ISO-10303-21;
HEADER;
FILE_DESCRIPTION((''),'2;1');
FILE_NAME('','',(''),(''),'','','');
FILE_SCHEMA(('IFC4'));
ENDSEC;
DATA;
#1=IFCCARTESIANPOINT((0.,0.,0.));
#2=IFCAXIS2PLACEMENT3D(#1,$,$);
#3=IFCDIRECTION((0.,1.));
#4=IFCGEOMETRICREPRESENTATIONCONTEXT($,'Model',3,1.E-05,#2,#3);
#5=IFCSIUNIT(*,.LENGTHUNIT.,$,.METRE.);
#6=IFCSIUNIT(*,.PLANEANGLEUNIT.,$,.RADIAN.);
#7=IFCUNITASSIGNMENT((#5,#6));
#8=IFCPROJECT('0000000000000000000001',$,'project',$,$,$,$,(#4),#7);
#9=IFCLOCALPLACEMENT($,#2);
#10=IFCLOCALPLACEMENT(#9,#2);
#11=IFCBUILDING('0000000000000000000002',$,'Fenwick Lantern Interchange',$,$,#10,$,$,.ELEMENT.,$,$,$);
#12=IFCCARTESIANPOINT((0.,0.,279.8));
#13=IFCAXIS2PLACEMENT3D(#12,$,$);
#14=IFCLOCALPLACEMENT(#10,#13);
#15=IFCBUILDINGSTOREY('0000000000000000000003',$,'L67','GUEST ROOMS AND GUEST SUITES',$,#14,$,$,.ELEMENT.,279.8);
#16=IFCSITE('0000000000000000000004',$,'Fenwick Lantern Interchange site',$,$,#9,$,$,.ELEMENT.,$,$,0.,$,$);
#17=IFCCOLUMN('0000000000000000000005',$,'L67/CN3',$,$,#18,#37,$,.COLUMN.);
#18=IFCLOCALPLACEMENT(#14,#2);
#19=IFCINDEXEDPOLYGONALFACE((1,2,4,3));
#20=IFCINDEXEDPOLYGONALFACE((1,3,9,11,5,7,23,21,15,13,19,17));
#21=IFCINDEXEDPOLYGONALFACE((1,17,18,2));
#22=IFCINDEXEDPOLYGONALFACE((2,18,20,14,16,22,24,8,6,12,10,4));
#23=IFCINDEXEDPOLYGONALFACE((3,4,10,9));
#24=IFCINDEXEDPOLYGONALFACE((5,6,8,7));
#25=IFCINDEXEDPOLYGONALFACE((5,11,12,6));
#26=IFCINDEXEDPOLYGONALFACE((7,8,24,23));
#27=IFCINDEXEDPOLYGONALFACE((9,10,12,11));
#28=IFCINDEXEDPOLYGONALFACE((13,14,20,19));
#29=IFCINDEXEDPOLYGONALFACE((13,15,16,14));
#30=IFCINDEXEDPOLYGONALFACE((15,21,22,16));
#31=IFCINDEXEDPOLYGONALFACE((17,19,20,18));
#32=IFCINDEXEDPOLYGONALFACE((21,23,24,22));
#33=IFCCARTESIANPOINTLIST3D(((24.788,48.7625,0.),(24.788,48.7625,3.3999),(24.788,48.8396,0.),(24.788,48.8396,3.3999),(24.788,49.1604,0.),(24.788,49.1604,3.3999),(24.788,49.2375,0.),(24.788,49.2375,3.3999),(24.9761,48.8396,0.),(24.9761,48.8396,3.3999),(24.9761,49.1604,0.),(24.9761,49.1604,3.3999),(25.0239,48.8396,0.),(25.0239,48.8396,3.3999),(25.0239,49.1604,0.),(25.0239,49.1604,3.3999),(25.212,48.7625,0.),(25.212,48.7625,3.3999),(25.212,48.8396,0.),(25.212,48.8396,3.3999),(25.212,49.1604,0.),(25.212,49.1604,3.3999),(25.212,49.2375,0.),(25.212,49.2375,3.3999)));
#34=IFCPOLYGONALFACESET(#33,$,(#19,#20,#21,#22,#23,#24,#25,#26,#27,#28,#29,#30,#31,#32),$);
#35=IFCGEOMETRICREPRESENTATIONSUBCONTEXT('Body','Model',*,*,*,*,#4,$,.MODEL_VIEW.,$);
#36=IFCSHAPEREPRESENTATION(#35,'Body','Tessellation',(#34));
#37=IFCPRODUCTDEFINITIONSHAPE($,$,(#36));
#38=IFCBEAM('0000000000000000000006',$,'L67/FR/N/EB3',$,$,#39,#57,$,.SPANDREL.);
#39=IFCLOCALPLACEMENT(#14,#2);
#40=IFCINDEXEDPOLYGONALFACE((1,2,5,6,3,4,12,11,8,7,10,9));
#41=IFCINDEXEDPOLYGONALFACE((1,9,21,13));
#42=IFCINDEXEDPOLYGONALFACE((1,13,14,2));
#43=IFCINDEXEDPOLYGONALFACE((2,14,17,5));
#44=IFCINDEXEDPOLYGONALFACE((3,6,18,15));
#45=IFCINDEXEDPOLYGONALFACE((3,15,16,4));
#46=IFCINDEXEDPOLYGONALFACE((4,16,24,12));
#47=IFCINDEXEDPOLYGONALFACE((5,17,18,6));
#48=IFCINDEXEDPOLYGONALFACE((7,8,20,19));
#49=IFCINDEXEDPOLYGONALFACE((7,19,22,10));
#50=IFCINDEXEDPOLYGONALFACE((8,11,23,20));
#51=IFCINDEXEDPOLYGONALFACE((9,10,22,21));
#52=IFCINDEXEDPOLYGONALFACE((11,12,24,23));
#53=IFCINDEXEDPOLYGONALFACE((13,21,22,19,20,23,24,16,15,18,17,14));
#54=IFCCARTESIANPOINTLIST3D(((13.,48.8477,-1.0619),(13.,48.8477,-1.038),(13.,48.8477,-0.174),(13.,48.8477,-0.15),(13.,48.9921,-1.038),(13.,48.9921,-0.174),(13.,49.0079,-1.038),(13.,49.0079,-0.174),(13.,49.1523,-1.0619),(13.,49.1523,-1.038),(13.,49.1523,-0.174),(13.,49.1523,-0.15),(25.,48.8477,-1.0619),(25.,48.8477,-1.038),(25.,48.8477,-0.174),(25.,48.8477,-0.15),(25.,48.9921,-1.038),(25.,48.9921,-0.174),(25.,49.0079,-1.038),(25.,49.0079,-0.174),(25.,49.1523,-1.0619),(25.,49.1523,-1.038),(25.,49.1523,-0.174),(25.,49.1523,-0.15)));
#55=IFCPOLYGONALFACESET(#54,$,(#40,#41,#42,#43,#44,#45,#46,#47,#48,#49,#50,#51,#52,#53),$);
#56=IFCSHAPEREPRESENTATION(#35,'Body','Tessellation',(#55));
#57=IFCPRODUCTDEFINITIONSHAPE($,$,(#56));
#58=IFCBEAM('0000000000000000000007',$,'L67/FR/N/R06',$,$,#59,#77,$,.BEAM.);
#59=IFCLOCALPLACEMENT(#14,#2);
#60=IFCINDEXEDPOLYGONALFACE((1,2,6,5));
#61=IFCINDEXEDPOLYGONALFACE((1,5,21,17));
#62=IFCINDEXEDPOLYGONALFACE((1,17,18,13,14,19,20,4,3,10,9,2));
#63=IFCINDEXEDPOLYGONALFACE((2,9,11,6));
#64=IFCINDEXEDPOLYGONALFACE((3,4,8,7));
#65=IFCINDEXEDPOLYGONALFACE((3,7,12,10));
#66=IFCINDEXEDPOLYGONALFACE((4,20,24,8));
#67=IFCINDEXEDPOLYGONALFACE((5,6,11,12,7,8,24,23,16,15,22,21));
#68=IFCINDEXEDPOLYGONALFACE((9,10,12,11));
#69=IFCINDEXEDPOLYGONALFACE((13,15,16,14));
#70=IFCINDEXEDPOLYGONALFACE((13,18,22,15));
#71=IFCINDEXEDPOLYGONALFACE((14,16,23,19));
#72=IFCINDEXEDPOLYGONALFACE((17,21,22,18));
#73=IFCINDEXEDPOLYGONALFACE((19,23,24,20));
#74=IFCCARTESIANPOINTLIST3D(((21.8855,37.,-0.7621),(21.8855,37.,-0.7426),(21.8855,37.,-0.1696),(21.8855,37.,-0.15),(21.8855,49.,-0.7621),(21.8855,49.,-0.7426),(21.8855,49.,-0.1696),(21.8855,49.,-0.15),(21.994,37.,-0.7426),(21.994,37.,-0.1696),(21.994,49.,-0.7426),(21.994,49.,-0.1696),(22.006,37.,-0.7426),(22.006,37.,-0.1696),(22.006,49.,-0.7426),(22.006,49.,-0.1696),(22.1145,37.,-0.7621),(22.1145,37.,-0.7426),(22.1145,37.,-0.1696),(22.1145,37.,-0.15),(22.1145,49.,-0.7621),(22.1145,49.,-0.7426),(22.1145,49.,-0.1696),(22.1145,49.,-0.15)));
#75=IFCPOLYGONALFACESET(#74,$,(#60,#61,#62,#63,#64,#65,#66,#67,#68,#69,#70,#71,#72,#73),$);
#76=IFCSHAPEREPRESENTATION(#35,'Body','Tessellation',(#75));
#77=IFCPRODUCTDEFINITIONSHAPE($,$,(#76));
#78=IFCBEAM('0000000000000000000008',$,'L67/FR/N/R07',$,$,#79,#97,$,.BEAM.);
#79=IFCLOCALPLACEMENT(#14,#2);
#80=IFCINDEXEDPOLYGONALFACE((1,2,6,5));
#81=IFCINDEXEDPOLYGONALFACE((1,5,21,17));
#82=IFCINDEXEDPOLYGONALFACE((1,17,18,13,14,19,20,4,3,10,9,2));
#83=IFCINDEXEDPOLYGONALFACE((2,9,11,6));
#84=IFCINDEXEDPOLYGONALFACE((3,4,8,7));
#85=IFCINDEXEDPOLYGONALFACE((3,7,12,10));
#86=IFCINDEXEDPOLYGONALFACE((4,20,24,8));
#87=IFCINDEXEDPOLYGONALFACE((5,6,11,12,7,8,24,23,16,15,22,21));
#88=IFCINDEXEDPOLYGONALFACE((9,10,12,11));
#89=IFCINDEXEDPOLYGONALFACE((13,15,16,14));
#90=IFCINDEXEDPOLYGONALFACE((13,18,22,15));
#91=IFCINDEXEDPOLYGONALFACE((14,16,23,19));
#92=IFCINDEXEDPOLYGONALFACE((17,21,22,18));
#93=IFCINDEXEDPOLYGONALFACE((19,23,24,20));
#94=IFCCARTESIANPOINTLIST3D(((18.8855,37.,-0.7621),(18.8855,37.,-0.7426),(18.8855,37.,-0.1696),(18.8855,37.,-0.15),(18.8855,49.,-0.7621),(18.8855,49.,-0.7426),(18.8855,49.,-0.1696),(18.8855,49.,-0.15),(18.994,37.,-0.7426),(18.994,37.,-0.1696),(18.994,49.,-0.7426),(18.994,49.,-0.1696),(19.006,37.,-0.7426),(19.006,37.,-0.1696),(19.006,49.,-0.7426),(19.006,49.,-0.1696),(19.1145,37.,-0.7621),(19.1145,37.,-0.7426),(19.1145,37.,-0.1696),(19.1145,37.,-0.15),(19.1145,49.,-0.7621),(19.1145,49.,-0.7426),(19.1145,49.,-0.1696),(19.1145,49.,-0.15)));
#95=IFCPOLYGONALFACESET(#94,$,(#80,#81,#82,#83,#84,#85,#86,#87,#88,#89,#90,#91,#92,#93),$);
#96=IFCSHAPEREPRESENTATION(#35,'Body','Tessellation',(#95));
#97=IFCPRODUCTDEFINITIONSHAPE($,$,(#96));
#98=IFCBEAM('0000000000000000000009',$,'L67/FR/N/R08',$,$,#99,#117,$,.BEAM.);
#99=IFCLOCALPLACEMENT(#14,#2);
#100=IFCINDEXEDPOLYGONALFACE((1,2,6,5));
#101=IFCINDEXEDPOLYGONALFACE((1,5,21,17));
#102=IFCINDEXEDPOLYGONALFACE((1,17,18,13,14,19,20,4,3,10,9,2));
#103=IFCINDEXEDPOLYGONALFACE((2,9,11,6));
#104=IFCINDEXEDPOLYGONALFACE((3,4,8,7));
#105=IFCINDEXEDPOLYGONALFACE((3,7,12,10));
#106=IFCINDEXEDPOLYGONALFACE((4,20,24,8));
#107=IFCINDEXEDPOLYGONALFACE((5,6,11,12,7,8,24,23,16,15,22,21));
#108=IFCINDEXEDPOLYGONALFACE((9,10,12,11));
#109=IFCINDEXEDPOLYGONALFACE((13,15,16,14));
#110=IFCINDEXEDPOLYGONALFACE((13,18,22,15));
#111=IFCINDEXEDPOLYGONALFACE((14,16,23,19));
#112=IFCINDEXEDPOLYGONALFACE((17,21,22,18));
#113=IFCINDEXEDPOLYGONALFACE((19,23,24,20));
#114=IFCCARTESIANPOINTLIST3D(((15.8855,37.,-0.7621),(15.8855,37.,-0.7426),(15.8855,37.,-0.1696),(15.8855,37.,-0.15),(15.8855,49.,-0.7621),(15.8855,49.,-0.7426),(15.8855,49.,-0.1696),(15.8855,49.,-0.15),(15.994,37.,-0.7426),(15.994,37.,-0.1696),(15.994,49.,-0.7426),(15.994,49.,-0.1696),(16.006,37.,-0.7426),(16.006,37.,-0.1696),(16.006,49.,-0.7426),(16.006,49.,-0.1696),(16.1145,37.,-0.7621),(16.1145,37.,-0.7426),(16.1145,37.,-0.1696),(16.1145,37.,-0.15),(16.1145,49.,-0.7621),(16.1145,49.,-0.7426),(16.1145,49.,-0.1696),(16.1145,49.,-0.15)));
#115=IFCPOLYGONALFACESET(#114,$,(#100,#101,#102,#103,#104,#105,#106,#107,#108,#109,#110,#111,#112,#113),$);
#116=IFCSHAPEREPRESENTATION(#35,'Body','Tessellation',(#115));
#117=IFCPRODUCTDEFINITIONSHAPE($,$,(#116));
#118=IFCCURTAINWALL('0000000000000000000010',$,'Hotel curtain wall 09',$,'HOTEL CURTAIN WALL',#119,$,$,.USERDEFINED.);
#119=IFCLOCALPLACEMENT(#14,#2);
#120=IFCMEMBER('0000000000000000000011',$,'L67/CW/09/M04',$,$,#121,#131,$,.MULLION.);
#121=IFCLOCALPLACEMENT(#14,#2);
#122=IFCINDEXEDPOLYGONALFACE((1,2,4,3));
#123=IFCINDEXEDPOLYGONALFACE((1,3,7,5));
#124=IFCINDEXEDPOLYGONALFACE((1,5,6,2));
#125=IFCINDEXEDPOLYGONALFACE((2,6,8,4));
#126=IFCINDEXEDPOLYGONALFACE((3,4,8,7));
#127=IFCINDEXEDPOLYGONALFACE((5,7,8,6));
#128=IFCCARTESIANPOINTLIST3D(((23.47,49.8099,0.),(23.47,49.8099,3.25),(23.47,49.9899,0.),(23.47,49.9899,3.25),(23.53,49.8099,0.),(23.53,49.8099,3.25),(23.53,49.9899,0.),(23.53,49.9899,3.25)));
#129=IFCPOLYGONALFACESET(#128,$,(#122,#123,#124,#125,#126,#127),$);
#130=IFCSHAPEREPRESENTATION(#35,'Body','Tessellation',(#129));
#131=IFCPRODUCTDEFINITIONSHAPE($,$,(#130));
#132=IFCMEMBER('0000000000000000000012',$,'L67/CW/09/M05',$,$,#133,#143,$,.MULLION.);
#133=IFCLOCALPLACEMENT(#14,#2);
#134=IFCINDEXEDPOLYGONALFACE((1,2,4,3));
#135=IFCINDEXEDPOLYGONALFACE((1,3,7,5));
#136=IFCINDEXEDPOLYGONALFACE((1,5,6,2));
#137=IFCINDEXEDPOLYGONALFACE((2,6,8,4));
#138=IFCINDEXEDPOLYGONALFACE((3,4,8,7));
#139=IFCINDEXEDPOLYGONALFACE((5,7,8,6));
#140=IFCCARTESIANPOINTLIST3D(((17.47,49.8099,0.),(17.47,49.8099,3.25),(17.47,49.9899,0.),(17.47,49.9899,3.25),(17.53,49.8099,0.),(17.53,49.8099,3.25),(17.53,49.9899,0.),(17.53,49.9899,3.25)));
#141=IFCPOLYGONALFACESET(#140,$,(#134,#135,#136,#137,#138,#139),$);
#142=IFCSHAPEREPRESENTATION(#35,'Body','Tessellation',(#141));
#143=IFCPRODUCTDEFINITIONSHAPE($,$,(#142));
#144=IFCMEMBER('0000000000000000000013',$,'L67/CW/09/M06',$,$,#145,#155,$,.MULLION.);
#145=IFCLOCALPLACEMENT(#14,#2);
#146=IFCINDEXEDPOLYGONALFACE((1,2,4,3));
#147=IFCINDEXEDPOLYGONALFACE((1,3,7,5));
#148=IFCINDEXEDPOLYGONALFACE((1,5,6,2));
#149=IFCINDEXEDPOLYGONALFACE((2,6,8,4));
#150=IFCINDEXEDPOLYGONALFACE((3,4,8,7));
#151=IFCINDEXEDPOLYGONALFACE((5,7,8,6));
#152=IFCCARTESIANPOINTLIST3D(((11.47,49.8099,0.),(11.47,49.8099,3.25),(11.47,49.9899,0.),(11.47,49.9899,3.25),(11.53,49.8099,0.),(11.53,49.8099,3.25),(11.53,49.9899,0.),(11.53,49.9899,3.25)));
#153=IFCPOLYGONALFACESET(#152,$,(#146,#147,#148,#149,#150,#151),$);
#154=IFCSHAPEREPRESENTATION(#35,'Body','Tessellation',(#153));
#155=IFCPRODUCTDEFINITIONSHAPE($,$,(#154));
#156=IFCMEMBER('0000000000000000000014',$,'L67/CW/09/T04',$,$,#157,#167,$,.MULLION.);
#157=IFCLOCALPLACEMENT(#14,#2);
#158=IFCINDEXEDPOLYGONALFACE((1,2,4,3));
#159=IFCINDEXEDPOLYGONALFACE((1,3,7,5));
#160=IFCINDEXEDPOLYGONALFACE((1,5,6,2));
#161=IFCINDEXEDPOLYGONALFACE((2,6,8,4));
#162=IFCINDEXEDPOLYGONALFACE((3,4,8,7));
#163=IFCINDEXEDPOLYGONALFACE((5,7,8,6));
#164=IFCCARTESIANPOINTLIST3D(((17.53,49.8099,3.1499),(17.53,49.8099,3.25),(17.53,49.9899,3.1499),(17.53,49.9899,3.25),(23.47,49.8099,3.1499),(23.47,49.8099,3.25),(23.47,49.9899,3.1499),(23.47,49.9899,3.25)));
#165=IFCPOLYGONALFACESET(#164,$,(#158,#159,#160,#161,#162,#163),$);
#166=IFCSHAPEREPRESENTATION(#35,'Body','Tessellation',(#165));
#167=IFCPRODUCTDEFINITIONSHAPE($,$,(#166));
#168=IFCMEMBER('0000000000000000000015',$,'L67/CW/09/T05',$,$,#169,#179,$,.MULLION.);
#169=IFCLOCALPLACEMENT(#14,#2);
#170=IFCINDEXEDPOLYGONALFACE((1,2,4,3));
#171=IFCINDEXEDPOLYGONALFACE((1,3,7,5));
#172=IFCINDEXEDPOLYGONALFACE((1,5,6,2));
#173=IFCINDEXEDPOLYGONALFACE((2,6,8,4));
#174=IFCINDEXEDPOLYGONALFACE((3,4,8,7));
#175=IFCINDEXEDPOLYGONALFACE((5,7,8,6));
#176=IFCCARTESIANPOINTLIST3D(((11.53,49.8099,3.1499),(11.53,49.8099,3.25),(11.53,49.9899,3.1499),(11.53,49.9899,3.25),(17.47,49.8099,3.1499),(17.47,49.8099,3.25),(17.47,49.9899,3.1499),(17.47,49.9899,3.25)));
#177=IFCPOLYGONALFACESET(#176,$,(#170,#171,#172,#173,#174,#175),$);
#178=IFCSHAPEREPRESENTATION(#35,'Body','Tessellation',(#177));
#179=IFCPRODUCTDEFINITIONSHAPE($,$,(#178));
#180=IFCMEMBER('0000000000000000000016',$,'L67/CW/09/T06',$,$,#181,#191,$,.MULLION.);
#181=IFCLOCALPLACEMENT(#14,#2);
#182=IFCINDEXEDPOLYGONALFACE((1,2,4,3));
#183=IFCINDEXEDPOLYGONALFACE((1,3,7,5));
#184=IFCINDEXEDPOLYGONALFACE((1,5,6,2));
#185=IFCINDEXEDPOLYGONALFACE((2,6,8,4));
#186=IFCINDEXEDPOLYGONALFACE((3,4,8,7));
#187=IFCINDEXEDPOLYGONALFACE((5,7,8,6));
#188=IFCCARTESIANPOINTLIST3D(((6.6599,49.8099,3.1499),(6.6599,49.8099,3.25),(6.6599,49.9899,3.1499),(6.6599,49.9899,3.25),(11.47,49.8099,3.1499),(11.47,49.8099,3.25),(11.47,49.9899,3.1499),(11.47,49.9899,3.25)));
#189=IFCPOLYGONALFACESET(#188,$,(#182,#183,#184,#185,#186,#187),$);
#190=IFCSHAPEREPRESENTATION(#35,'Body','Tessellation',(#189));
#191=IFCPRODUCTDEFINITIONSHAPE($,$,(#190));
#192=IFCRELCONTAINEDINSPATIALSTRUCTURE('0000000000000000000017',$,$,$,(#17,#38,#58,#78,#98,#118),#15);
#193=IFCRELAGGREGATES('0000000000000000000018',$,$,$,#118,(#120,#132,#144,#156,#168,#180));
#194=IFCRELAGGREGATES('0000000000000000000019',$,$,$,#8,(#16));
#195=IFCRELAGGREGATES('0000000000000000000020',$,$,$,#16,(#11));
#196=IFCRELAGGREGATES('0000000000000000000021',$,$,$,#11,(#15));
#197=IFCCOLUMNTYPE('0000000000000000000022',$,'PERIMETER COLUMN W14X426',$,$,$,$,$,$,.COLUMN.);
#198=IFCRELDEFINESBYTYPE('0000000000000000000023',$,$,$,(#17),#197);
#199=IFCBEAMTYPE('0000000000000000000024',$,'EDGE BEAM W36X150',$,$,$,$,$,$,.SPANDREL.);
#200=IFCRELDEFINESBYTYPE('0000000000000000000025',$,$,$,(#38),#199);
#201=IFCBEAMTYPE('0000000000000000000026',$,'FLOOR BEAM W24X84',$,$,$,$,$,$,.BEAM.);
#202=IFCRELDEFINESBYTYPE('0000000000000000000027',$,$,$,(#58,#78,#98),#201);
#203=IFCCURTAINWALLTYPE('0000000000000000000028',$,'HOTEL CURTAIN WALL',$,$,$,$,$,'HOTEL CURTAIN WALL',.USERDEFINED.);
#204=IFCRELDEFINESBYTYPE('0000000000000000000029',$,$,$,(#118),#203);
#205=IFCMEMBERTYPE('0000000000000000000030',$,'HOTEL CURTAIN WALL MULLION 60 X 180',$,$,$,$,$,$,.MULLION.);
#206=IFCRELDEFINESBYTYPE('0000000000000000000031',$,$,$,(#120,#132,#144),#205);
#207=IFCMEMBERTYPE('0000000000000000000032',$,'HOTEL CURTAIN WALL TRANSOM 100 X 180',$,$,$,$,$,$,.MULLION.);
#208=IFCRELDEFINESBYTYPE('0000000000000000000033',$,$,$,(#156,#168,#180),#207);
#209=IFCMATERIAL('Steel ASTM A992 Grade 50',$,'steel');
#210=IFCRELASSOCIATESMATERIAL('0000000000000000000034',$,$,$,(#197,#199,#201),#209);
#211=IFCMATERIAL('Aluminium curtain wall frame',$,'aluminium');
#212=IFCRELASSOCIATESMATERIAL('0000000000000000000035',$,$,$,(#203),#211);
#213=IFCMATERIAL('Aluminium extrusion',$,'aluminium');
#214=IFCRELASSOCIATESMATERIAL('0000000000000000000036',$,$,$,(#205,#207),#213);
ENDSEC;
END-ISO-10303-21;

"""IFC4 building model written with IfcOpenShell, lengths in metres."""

from ifc_helpers import new_model, si_unit, direction, frame, origin, origin_2d, place, context, subcontext, project, spatial, rectangle, i_section, extrude, material, material_profile, profile_set, type_object, element, aggregate, save


model = new_model("IFC4")

# Units and contexts
model_context = context("Model", 3, precision=1e-05, world=origin(), true_north=direction((0.0, 1.0)))
body_context = subcontext(model_context, "Body", "Model", "MODEL_VIEW")
ifc_project = project(units=[si_unit("LENGTHUNIT", "METRE"), si_unit("PLANEANGLEUNIT", "RADIAN")], contexts=[model_context])

# Site, building, storey
site_placement = place(None, origin())
site = spatial("IfcSite", under=ifc_project, at=site_placement, Name="Fenwick Lantern Interchange site", CompositionType="ELEMENT", RefElevation=0.0)
building_placement = place(site_placement, origin())
building = spatial("IfcBuilding", under=site, at=building_placement, Name="Fenwick Lantern Interchange", CompositionType="ELEMENT")
storey_placement = place(building_placement, frame((0.0, 0.0, 279.8)))
storey = spatial("IfcBuildingStorey", under=building, at=storey_placement, Name="L67", Description="GUEST ROOMS AND GUEST SUITES", CompositionType="ELEMENT", Elevation=279.8)

# Column
ifc_material_1 = material(Name="Steel ASTM A992 Grade 50", Category="steel")
ifc_material_profile_1 = material_profile(ifc_material_1, i_section(OverallWidth=0.4241, OverallDepth=0.4751, WebThickness=0.0479, FlangeThickness=0.0771, at=origin_2d()), Name="W14X426")
ifc_profile_set_1 = profile_set([ifc_material_profile_1], Name="Steel ASTM A992 Grade 50")
column_type = type_object("IfcColumnType", Name="PERIMETER COLUMN W14X426", PredefinedType="COLUMN", material=ifc_profile_set_1)
column_placement = place(storey_placement, frame((25.0, 49.0, 0.0), z_axis=(0.0, 0.0, 1.0), x_axis=(1.0, 0.0, 0.0)))
element("IfcColumn", 1, at=column_placement, inside=storey, type_object=column_type, Name="L67/CN3", PredefinedType="COLUMN", context=body_context, shape_type="SweptSolid", body=[
    extrude(i_section(OverallWidth=0.4241, OverallDepth=0.4751, WebThickness=0.0479, FlangeThickness=0.0771, at=origin_2d()), origin(), (0.0, 0.0, 1.0), 3.3999),
])

# Beams
ifc_material_profile_2 = material_profile(ifc_material_1, i_section(OverallWidth=0.3047, OverallDepth=0.9119, WebThickness=0.0159, FlangeThickness=0.0239, at=origin_2d()), Name="W36X150")
ifc_profile_set_2 = profile_set([ifc_material_profile_2], Name="Steel ASTM A992 Grade 50")
beam_type_1 = type_object("IfcBeamType", Name="EDGE BEAM W36X150", PredefinedType="SPANDREL", material=ifc_profile_set_2)
beam_placement = place(storey_placement, frame((25.0, 49.0, -0.606), z_axis=(-1.0, 0.0, 0.0), x_axis=(0.0, -1.0, 0.0)))
element("IfcBeam", 2, at=beam_placement, inside=storey, type_object=beam_type_1, Name="L67/FR/N/EB3", PredefinedType="SPANDREL", context=body_context, shape_type="SweptSolid", body=[
    extrude(i_section(OverallWidth=0.3047, OverallDepth=0.9119, WebThickness=0.0159, FlangeThickness=0.0239, at=origin_2d()), origin(), (0.0, 0.0, 1.0), 12.0),
])
ifc_material_profile_3 = material_profile(ifc_material_1, i_section(OverallWidth=0.229, OverallDepth=0.6121, WebThickness=0.012, FlangeThickness=0.0195, at=origin_2d()), Name="W24X84")
ifc_profile_set_3 = profile_set([ifc_material_profile_3], Name="Steel ASTM A992 Grade 50")
beam_type_2 = type_object("IfcBeamType", Name="FLOOR BEAM W24X84", PredefinedType="BEAM", material=ifc_profile_set_3)
for number, where, z_axis, x_axis, name in (
    (3, (22.0, 49.0, -0.4561), (0.0, -1.0, 0.0), (1.0, 0.0, 0.0), "L67/FR/N/R06"),
    (4, (19.0, 49.0, -0.4561), (0.0, -1.0, 0.0), (1.0, 0.0, 0.0), "L67/FR/N/R07"),
    (5, (16.0, 49.0, -0.4561), (0.0, -1.0, 0.0), (1.0, 0.0, 0.0), "L67/FR/N/R08"),
):
    element("IfcBeam", number, at=place(storey_placement, frame(where, z_axis=z_axis, x_axis=x_axis)), inside=storey, type_object=beam_type_2, Name=name, PredefinedType="BEAM", context=body_context, shape_type="SweptSolid", body=[
        extrude(i_section(OverallWidth=0.229, OverallDepth=0.6121, WebThickness=0.012, FlangeThickness=0.0195, at=origin_2d()), origin(), (0.0, 0.0, 1.0), 12.0),
    ])

# Curtain wall, members
ifc_material_2 = material(Name="Aluminium curtain wall frame", Category="aluminium")
curtain_wall_type = type_object("IfcCurtainWallType", Name="HOTEL CURTAIN WALL", ElementType="HOTEL CURTAIN WALL", PredefinedType="USERDEFINED", material=ifc_material_2)
curtain_wall_placement = place(storey_placement, origin())
curtain_wall = element("IfcCurtainWall", 6, at=curtain_wall_placement, inside=storey, type_object=curtain_wall_type, Name="Hotel curtain wall 09", ObjectType="HOTEL CURTAIN WALL", PredefinedType="USERDEFINED")
ifc_material_3 = material(Name="Aluminium extrusion", Category="aluminium")
ifc_material_profile_4 = material_profile(ifc_material_3, rectangle(XDim=0.1799, YDim=0.0601, at=origin_2d()), Name="HOTEL CURTAIN WALL MULLION 60 X 180")
ifc_profile_set_4 = profile_set([ifc_material_profile_4], Name="Aluminium extrusion")
member_type_1 = type_object("IfcMemberType", Name="HOTEL CURTAIN WALL MULLION 60 X 180", PredefinedType="MULLION", material=ifc_profile_set_4)
member_1_placement = place(storey_placement, frame((23.5, 49.8999, 0.0), z_axis=(0.0, 0.0, 1.0), x_axis=(0.0, -1.0, 0.0)))
member_1 = element("IfcMember", 7, at=member_1_placement, type_object=member_type_1, Name="L67/CW/09/M04", PredefinedType="MULLION", context=body_context, shape_type="SweptSolid", body=[
    extrude(rectangle(XDim=0.1799, YDim=0.0601, at=origin_2d()), origin(), (0.0, 0.0, 1.0), 3.25),
])
member_2_placement = place(storey_placement, frame((17.5, 49.8999, 0.0), z_axis=(0.0, 0.0, 1.0), x_axis=(0.0, -1.0, 0.0)))
member_2 = element("IfcMember", 8, at=member_2_placement, type_object=member_type_1, Name="L67/CW/09/M05", PredefinedType="MULLION", context=body_context, shape_type="SweptSolid", body=[
    extrude(rectangle(XDim=0.1799, YDim=0.0601, at=origin_2d()), origin(), (0.0, 0.0, 1.0), 3.25),
])
member_3_placement = place(storey_placement, frame((11.5, 49.8999, 0.0), z_axis=(0.0, 0.0, 1.0), x_axis=(0.0, -1.0, 0.0)))
member_3 = element("IfcMember", 9, at=member_3_placement, type_object=member_type_1, Name="L67/CW/09/M06", PredefinedType="MULLION", context=body_context, shape_type="SweptSolid", body=[
    extrude(rectangle(XDim=0.1799, YDim=0.0601, at=origin_2d()), origin(), (0.0, 0.0, 1.0), 3.25),
])
ifc_material_profile_5 = material_profile(ifc_material_3, rectangle(XDim=0.1799, YDim=0.1001, at=origin_2d()), Name="HOTEL CURTAIN WALL TRANSOM 100 X 180")
ifc_profile_set_5 = profile_set([ifc_material_profile_5], Name="Aluminium extrusion")
member_type_2 = type_object("IfcMemberType", Name="HOTEL CURTAIN WALL TRANSOM 100 X 180", PredefinedType="MULLION", material=ifc_profile_set_5)
member_4_placement = place(storey_placement, frame((23.47, 49.8999, 3.2), z_axis=(-1.0, 0.0, 0.0), x_axis=(0.0, -1.0, 0.0)))
member_4 = element("IfcMember", 10, at=member_4_placement, type_object=member_type_2, Name="L67/CW/09/T04", PredefinedType="MULLION", context=body_context, shape_type="SweptSolid", body=[
    extrude(rectangle(XDim=0.1799, YDim=0.1001, at=origin_2d()), origin(), (0.0, 0.0, 1.0), 5.9399),
])
member_5_placement = place(storey_placement, frame((17.47, 49.8999, 3.2), z_axis=(-1.0, 0.0, 0.0), x_axis=(0.0, -1.0, 0.0)))
member_5 = element("IfcMember", 11, at=member_5_placement, type_object=member_type_2, Name="L67/CW/09/T05", PredefinedType="MULLION", context=body_context, shape_type="SweptSolid", body=[
    extrude(rectangle(XDim=0.1799, YDim=0.1001, at=origin_2d()), origin(), (0.0, 0.0, 1.0), 5.9399),
])
member_6_placement = place(storey_placement, frame((11.47, 49.8999, 3.2), z_axis=(-1.0, 0.0, 0.0), x_axis=(0.0, -1.0, 0.0)))
member_6 = element("IfcMember", 12, at=member_6_placement, type_object=member_type_2, Name="L67/CW/09/T06", PredefinedType="MULLION", context=body_context, shape_type="SweptSolid", body=[
    extrude(rectangle(XDim=0.1799, YDim=0.1001, at=origin_2d()), origin(), (0.0, 0.0, 1.0), 4.8101),
])

aggregate(curtain_wall, [member_1, member_2, member_3, member_4, member_5, member_6])

save(model, "model.ifc")
